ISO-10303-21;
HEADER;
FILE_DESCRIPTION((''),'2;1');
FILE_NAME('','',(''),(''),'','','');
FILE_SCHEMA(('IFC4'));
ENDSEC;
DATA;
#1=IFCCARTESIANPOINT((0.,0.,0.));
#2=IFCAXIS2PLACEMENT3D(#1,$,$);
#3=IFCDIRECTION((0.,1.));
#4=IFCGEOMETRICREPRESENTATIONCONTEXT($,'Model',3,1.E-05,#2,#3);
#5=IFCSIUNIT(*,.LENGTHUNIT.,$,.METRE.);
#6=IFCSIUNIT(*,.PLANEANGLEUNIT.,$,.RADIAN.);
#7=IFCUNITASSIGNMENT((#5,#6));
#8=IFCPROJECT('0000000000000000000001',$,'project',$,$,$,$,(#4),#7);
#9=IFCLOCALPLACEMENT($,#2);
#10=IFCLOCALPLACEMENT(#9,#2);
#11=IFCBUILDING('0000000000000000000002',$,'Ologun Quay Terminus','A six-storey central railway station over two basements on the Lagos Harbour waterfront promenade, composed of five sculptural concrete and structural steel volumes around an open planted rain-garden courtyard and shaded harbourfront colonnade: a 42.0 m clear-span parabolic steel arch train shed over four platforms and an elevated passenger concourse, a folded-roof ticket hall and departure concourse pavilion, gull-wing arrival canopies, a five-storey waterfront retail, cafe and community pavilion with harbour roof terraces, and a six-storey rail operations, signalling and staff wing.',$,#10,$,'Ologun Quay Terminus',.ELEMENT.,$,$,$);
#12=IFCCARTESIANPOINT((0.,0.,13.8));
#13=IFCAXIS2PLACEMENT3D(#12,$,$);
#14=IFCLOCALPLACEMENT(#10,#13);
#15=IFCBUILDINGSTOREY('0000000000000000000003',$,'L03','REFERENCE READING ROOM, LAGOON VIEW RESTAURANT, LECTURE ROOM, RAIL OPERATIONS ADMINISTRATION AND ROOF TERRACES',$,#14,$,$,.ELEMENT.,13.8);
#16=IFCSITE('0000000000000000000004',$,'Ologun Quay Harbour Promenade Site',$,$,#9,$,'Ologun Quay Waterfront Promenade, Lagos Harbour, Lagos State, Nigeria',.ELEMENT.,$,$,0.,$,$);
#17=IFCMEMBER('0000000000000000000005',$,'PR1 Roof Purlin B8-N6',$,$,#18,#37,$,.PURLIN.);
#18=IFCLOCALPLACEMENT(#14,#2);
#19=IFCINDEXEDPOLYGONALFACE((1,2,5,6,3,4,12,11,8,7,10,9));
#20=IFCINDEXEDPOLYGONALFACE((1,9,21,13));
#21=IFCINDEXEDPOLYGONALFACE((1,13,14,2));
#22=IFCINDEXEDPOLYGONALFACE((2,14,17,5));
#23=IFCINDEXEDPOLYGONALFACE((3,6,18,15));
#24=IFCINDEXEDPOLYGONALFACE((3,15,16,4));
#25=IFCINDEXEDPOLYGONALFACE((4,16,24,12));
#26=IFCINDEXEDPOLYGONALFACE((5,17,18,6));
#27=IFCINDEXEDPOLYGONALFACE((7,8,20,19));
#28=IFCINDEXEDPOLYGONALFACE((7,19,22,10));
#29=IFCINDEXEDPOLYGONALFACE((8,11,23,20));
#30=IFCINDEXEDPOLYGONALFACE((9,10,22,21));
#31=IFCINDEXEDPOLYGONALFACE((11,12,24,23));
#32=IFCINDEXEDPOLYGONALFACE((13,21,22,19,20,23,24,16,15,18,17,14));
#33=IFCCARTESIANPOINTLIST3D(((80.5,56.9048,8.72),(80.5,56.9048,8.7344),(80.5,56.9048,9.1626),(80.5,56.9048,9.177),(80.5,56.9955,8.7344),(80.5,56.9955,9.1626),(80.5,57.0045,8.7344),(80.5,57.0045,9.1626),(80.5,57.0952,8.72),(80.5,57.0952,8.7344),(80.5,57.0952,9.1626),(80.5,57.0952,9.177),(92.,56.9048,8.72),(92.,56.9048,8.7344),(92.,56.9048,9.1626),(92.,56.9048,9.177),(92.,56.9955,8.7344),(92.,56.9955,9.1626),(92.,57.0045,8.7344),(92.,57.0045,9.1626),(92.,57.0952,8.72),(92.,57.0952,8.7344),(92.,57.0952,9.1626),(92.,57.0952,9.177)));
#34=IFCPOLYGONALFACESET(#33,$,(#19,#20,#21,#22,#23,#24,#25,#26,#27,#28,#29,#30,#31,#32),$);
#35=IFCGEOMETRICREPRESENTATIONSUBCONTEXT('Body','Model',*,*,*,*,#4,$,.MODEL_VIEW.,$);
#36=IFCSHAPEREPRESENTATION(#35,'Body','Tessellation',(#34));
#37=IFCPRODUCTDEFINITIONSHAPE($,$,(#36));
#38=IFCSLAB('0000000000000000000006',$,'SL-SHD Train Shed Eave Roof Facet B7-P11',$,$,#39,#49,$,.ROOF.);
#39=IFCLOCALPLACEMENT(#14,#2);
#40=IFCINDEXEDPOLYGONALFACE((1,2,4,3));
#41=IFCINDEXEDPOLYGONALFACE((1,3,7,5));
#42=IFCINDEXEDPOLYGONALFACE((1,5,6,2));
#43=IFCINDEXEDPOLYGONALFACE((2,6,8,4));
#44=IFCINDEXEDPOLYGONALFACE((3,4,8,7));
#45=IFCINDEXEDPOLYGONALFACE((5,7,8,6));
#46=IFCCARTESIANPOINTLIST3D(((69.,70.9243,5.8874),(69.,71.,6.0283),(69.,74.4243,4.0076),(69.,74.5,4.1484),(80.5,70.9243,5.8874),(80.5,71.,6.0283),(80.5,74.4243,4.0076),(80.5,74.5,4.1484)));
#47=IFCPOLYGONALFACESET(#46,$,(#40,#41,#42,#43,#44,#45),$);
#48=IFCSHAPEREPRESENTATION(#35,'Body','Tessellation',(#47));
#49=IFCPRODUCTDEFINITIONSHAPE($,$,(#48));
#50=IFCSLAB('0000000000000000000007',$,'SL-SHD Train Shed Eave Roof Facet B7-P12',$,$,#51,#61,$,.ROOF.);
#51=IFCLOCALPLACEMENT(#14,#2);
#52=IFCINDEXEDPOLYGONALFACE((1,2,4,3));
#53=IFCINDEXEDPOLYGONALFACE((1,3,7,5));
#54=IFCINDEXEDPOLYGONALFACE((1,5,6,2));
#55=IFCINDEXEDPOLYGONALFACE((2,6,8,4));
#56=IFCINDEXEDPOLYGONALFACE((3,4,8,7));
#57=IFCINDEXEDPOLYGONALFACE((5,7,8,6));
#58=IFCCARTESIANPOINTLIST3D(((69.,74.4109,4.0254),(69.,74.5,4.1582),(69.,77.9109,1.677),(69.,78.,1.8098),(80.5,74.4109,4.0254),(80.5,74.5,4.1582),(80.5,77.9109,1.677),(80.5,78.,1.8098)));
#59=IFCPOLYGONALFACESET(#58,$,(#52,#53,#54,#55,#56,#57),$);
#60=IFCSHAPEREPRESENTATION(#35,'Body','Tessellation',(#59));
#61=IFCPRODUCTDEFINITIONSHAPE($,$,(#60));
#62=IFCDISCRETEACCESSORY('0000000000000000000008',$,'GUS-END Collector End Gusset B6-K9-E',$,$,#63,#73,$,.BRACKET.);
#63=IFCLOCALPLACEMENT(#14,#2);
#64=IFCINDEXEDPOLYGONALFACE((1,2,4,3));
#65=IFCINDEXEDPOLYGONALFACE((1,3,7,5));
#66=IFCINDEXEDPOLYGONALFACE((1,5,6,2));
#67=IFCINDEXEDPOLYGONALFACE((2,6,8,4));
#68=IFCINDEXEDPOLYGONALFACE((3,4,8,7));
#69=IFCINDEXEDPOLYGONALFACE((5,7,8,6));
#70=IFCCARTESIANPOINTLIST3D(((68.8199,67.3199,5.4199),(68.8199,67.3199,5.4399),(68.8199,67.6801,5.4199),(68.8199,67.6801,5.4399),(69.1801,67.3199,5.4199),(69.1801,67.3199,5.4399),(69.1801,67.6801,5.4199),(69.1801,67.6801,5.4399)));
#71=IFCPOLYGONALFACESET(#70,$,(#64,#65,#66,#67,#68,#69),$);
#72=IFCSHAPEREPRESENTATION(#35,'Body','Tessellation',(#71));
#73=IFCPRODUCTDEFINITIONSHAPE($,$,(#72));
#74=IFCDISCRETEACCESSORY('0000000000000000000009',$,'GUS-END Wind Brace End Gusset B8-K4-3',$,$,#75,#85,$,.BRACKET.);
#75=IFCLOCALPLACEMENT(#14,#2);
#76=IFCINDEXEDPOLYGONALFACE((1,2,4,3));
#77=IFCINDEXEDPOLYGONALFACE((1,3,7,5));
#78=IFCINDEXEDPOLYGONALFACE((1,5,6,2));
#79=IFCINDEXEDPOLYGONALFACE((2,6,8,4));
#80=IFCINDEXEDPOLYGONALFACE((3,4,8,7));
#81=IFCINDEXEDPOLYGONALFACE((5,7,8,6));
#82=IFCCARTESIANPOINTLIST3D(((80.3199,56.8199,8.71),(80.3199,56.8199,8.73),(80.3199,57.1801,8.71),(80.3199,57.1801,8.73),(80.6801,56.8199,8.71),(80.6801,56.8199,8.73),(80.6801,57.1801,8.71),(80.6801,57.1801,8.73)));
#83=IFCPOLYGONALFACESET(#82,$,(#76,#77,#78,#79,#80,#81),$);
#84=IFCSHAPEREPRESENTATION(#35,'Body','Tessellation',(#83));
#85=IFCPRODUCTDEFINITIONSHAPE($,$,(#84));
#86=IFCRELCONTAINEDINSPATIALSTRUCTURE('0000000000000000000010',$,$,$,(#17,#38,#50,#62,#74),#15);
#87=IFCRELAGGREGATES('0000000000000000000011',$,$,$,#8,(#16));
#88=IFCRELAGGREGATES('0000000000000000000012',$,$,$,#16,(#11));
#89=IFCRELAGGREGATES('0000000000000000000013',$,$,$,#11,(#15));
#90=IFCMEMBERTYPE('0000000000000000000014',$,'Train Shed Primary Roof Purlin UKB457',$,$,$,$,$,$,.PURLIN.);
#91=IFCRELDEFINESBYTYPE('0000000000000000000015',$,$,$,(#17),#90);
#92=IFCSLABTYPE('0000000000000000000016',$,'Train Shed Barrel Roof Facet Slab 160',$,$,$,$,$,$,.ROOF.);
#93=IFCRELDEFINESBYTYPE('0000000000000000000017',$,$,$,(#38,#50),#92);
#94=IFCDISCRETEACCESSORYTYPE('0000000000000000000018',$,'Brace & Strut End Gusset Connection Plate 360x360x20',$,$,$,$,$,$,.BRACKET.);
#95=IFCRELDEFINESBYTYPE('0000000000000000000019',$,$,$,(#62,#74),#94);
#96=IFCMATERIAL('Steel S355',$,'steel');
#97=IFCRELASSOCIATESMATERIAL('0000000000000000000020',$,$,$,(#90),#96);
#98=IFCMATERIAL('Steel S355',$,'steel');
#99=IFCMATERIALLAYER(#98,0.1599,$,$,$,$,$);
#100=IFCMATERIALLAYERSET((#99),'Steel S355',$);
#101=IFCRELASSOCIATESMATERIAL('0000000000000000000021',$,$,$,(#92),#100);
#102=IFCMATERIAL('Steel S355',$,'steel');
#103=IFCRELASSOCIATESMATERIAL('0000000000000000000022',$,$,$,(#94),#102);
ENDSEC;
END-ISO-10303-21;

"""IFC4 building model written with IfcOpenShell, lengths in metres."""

from ifc_helpers import new_model, si_unit, direction, frame, origin, origin_2d, place, context, subcontext, project, spatial, polyline, rectangle, i_section, outline, extrude, material, layer, layer_set, material_profile, profile_set, type_object, element, save


model = new_model("IFC4")

# Units and contexts
model_context = context("Model", 3, precision=1e-05, world=origin(), true_north=direction((0.0, 1.0)))
body_context = subcontext(model_context, "Body", "Model", "MODEL_VIEW")
ifc_project = project(units=[si_unit("LENGTHUNIT", "METRE"), si_unit("PLANEANGLEUNIT", "RADIAN")], contexts=[model_context])

# Site, building, storey
site_placement = place(None, origin())
site = spatial("IfcSite", under=ifc_project, at=site_placement, Name="Ologun Quay Harbour Promenade Site", LongName="Ologun Quay Waterfront Promenade, Lagos Harbour, Lagos State, Nigeria", CompositionType="ELEMENT", RefElevation=0.0)
building_placement = place(site_placement, origin())
building = spatial("IfcBuilding", under=site, at=building_placement, Name="Ologun Quay Terminus", Description="A six-storey central railway station over two basements on the Lagos Harbour waterfront promenade, composed of five sculptural concrete and structural steel volumes around an open planted rain-garden courtyard and shaded harbourfront colonnade: a 42.0 m clear-span parabolic steel arch train shed over four platforms and an elevated passenger concourse, a folded-roof ticket hall and departure concourse pavilion, gull-wing arrival canopies, a five-storey waterfront retail, cafe and community pavilion with harbour roof terraces, and a six-storey rail operations, signalling and staff wing.", LongName="Ologun Quay Terminus", CompositionType="ELEMENT")
storey_placement = place(building_placement, frame((0.0, 0.0, 13.8)))
storey = spatial("IfcBuildingStorey", under=building, at=storey_placement, Name="L03", Description="REFERENCE READING ROOM, LAGOON VIEW RESTAURANT, LECTURE ROOM, RAIL OPERATIONS ADMINISTRATION AND ROOF TERRACES", CompositionType="ELEMENT", Elevation=13.8)

# Member
ifc_material_1 = material(Name="Steel S355", Category="steel")
ifc_material_profile_1 = material_profile(ifc_material_1, i_section(OverallWidth=0.1904, OverallDepth=0.457, WebThickness=0.009, FlangeThickness=0.0144, at=origin_2d()), Name="UKB 457x191x74")
ifc_profile_set_1 = profile_set([ifc_material_profile_1], Name="Steel S355")
member_type_1 = type_object("IfcMemberType", Name="Train Shed Primary Roof Purlin UKB457", PredefinedType="PURLIN", material=ifc_profile_set_1)
for number, where, z_axis, x_axis, name in (
    (1, (80.5, 57.0, 8.9485), (1.0, 0.0, 0.0), (0.0, 1.0, 0.0), "PR1 Roof Purlin B8-N6"),
):
    element("IfcMember", number, at=place(storey_placement, frame(where, z_axis=z_axis, x_axis=x_axis)), inside=storey, type_object=member_type_1, Name=name, PredefinedType="PURLIN", context=body_context, shape_type="SweptSolid", body=[
        extrude(i_section(OverallWidth=0.1904, OverallDepth=0.457, WebThickness=0.009, FlangeThickness=0.0144, at=origin_2d()), origin(), (0.0, 0.0, 1.0), 11.5),
    ])

# Slabs
ifc_material_2 = material(Name="Steel S355", Category="steel")
ifc_layer = layer(ifc_material_2, 0.1599)
ifc_layer_set = layer_set([ifc_layer], Name="Steel S355")
slab_type = type_object("IfcSlabType", Name="Train Shed Barrel Roof Facet Slab 160", PredefinedType="ROOF", material=ifc_layer_set)
slab_1_placement = place(storey_placement, frame((69.0, 71.0, 6.0283), z_axis=(0.0, 0.473176, 0.880968), x_axis=(1.0, 0.0, 0.0)))
element("IfcSlab", 2, at=slab_1_placement, inside=storey, type_object=slab_type, Name="SL-SHD Train Shed Eave Roof Facet B7-P11", PredefinedType="ROOF", context=body_context, shape_type="SweptSolid", body=[
    extrude(outline(polyline([(0.0, 0.0), (11.5, 0.0), (11.5, 3.9729), (0.0, 3.9729), (0.0, 0.0)])), origin(), (0.0, 0.0, -1.0), 0.1599),
])
slab_2_placement = place(storey_placement, frame((69.0, 74.5, 4.1582), z_axis=(0.0, 0.557171, 0.830398), x_axis=(1.0, 0.0, 0.0)))
element("IfcSlab", 3, at=slab_2_placement, inside=storey, type_object=slab_type, Name="SL-SHD Train Shed Eave Roof Facet B7-P12", PredefinedType="ROOF", context=body_context, shape_type="SweptSolid", body=[
    extrude(outline(polyline([(0.0, 0.0), (11.5, 0.0), (11.5, 4.2148), (0.0, 4.2148), (0.0, 0.0)])), origin(), (0.0, 0.0, -1.0), 0.1599),
])

# Discrete accessories
ifc_material_3 = material(Name="Steel S355", Category="steel")
discrete_accessory_type = type_object("IfcDiscreteAccessoryType", Name="Brace & Strut End Gusset Connection Plate 360x360x20", PredefinedType="BRACKET", material=ifc_material_3)
for number, where, z_axis, x_axis, name in (
    (4, (69.0, 67.5, 5.4199), (0.0, 0.0, 1.0), (1.0, 0.0, 0.0), "GUS-END Collector End Gusset B6-K9-E"),
    (5, (80.5, 57.0, 8.71), (0.0, 0.0, 1.0), (1.0, 0.0, 0.0), "GUS-END Wind Brace End Gusset B8-K4-3"),
):
    element("IfcDiscreteAccessory", number, at=place(storey_placement, frame(where, z_axis=z_axis, x_axis=x_axis)), inside=storey, type_object=discrete_accessory_type, Name=name, PredefinedType="BRACKET", context=body_context, shape_type="SweptSolid", body=[
        extrude(rectangle(XDim=0.3601, YDim=0.3601, at=origin_2d()), origin(), (0.0, 0.0, 1.0), 0.02),
    ])

save(model, "model.ifc")
